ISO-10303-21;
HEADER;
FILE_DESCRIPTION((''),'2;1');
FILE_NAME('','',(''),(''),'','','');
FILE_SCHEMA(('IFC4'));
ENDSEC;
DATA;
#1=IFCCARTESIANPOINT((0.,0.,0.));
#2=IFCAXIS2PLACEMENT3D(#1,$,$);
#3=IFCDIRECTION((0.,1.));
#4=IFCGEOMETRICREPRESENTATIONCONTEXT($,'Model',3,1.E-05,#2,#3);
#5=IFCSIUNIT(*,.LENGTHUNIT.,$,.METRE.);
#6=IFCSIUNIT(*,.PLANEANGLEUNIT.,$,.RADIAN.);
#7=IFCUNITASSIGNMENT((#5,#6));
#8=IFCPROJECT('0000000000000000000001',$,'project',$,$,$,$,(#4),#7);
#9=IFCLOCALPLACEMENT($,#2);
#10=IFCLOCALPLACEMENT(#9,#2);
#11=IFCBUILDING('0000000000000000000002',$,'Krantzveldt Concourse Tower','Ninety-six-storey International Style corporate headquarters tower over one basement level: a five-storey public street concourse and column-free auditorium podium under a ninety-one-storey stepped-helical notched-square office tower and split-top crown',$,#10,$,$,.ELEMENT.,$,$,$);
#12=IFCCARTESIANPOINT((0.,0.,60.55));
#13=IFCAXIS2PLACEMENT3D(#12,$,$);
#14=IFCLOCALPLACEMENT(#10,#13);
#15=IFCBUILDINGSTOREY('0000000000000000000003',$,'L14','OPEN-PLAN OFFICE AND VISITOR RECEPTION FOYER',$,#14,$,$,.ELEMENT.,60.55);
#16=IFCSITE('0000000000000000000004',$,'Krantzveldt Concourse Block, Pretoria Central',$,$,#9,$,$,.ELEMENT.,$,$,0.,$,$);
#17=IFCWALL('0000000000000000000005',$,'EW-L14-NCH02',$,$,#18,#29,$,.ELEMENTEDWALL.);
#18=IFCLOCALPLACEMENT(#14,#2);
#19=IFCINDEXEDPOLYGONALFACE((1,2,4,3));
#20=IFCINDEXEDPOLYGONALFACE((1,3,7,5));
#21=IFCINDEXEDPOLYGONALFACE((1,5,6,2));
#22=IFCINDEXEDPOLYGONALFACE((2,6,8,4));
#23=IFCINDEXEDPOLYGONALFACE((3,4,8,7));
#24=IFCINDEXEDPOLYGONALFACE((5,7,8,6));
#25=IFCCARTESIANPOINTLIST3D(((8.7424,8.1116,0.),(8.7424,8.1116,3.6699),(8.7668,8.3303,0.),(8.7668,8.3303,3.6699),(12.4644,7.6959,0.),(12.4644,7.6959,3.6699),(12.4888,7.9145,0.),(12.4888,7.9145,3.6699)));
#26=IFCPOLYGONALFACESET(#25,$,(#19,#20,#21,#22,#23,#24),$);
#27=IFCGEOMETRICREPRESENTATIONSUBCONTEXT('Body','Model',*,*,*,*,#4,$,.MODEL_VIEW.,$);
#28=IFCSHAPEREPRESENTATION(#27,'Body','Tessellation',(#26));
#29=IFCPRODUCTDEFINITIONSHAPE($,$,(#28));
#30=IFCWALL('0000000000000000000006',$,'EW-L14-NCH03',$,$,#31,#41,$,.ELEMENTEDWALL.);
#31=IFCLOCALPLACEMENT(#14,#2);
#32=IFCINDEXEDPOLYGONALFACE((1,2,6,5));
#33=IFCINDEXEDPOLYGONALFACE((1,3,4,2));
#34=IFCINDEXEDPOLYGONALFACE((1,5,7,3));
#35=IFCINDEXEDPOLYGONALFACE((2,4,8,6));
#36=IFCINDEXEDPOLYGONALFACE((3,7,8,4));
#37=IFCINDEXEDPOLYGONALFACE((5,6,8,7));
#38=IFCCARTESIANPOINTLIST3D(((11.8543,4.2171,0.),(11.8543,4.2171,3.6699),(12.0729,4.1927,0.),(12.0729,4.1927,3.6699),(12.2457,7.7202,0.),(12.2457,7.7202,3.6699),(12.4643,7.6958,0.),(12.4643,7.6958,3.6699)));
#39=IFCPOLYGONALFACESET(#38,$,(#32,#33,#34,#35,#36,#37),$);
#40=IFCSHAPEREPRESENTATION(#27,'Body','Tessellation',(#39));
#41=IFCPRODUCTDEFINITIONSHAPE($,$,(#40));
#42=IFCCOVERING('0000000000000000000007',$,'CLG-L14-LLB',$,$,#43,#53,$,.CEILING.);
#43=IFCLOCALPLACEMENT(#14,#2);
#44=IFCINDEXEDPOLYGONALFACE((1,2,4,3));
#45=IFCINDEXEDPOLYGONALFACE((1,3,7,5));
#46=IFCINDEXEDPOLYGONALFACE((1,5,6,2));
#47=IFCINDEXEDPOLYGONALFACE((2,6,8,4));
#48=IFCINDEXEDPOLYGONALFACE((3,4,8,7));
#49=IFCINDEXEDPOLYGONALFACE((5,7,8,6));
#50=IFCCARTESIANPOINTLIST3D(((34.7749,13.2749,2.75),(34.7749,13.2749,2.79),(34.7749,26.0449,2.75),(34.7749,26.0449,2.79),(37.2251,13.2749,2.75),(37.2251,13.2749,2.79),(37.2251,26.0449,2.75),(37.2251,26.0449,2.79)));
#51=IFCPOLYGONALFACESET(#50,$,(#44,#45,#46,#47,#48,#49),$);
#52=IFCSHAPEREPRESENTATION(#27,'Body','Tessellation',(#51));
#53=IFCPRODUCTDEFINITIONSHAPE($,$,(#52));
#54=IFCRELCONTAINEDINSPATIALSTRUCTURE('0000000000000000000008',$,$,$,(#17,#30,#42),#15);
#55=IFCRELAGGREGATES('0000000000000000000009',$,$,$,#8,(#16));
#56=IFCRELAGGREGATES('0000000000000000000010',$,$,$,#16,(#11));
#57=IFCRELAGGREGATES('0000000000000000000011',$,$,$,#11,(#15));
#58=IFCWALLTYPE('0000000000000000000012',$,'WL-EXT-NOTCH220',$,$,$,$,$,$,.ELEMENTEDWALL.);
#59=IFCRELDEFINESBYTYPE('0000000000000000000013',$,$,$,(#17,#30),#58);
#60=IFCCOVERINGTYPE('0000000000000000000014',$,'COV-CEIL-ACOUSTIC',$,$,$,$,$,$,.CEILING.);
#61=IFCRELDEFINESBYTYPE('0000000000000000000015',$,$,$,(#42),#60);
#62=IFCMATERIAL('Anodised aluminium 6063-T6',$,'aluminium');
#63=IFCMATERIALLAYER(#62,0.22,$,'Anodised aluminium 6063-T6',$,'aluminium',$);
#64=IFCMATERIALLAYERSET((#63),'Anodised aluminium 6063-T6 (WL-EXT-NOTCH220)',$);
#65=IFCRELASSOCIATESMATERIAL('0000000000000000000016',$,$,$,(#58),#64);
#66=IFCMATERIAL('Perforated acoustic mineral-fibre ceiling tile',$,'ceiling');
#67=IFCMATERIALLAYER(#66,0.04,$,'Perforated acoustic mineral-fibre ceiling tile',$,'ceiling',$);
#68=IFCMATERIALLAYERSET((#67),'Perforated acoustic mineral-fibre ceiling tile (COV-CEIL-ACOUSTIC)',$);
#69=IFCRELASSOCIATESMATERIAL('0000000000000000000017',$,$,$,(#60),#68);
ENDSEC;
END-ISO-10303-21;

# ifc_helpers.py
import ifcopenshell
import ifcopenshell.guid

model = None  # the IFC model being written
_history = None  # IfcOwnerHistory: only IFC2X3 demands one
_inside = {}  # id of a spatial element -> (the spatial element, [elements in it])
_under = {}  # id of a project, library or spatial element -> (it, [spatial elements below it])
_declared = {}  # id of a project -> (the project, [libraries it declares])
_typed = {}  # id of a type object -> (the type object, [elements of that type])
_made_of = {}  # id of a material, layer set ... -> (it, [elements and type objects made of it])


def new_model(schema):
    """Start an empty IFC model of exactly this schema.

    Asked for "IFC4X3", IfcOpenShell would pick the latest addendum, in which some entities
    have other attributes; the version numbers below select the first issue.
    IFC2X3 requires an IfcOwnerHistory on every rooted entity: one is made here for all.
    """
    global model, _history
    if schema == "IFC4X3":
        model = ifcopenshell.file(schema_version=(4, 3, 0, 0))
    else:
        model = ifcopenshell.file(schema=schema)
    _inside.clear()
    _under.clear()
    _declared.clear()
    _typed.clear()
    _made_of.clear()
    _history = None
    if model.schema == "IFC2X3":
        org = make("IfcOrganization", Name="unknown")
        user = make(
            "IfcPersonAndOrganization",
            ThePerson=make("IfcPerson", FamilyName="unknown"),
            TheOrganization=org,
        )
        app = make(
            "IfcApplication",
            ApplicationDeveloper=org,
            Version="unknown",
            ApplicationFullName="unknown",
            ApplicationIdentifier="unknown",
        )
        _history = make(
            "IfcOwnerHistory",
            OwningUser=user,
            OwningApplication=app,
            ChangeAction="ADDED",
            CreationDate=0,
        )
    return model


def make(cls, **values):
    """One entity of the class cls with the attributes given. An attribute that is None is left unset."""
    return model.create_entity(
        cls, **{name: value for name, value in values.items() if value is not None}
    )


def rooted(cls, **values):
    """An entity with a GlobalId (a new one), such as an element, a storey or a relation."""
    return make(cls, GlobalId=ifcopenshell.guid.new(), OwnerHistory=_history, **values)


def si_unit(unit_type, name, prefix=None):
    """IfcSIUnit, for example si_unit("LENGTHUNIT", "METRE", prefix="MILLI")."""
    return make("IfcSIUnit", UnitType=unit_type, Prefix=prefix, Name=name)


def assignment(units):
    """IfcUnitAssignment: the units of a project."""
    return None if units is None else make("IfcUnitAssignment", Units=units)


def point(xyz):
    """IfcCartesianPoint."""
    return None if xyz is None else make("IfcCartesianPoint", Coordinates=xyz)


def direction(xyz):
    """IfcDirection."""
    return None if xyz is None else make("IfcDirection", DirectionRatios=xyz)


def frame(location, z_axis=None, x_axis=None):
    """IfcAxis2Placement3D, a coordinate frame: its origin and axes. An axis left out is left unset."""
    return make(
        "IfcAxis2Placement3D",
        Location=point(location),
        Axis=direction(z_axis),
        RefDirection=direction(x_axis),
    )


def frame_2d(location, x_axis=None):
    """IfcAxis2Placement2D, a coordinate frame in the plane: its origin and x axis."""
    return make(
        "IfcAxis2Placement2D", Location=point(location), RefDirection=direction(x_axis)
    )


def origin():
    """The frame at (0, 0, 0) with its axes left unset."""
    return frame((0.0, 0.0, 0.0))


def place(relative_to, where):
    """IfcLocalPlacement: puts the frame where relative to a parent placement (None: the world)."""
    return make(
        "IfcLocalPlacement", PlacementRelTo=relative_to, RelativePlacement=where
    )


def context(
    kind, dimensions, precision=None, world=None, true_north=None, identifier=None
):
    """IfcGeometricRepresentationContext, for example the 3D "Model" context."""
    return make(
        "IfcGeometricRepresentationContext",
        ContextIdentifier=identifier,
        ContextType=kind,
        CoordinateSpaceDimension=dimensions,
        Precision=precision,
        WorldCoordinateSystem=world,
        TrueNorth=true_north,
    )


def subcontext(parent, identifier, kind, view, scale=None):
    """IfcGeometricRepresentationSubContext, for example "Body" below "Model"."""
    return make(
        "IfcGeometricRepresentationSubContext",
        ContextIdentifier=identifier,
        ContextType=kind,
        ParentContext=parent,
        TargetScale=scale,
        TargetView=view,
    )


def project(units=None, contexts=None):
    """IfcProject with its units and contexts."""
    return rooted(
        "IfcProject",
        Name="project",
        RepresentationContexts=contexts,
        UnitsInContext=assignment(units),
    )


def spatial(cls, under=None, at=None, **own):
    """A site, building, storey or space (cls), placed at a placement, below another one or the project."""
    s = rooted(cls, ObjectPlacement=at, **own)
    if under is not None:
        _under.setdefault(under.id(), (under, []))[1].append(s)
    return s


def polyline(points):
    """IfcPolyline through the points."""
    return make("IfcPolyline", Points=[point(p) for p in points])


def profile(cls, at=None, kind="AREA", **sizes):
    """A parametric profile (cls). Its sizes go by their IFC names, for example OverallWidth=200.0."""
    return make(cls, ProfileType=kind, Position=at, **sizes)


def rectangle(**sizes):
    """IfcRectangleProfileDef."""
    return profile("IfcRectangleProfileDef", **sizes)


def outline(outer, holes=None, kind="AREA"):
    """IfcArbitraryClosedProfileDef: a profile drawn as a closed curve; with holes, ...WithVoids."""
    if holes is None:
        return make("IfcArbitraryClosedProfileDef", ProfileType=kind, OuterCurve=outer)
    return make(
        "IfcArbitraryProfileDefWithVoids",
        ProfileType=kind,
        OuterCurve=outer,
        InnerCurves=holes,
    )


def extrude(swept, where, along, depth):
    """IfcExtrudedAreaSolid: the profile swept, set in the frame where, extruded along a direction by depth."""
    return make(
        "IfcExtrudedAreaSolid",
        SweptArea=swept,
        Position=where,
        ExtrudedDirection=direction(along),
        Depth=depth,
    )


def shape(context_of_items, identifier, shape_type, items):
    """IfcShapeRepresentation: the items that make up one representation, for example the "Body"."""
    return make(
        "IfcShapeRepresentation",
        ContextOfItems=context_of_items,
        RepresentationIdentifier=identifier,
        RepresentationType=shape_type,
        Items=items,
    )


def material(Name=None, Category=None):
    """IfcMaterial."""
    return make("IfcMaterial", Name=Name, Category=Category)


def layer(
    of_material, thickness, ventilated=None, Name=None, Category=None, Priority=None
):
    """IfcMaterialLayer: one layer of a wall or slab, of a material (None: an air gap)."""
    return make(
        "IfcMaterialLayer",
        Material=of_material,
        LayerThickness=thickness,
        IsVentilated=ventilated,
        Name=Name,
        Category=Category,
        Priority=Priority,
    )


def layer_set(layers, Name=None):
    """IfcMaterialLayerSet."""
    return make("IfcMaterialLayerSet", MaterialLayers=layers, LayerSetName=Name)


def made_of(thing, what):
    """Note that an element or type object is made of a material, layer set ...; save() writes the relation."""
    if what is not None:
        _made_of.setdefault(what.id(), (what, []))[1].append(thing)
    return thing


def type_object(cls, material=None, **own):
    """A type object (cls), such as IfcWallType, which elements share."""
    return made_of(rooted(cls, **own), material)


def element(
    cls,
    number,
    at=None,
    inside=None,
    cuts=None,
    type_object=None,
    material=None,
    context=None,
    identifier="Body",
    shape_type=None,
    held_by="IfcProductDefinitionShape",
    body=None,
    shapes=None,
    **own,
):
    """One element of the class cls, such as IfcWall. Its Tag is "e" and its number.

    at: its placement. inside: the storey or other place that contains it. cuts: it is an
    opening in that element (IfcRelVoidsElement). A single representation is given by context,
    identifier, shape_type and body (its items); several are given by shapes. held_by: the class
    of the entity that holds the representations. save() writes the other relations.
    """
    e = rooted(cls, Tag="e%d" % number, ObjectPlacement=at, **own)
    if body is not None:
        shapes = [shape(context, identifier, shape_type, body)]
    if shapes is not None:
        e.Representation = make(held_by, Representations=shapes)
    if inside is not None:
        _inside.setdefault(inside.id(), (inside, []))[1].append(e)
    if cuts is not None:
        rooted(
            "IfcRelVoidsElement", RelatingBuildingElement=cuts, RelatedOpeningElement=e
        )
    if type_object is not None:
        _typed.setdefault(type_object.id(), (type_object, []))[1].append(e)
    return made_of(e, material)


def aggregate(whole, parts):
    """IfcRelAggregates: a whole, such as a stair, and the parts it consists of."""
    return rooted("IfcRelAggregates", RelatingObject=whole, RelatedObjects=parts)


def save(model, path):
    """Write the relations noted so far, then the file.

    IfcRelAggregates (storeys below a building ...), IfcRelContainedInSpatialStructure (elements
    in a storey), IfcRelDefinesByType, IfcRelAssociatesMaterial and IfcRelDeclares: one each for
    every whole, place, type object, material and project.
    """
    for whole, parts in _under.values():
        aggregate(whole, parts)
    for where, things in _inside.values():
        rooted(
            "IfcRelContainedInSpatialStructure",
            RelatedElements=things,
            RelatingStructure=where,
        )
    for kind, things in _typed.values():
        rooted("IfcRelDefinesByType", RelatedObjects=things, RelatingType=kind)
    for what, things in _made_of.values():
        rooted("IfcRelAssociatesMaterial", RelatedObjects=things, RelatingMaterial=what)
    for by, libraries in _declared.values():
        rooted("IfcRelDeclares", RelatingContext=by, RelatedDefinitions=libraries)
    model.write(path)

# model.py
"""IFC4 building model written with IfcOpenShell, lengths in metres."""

from ifc_helpers import new_model, si_unit, direction, frame, frame_2d, origin, place, context, subcontext, project, spatial, polyline, rectangle, outline, extrude, material, layer, layer_set, type_object, element, save


model = new_model("IFC4")

# Units and contexts
model_context = context("Model", 3, precision=1e-05, world=origin(), true_north=direction((0.0, 1.0)))
body_context = subcontext(model_context, "Body", "Model", "MODEL_VIEW")
ifc_project = project(units=[si_unit("LENGTHUNIT", "METRE"), si_unit("PLANEANGLEUNIT", "RADIAN")], contexts=[model_context])

# Site, building, storey
site_placement = place(None, origin())
site = spatial("IfcSite", under=ifc_project, at=site_placement, Name="Krantzveldt Concourse Block, Pretoria Central", CompositionType="ELEMENT", RefElevation=0.0)
building_placement = place(site_placement, origin())
building = spatial("IfcBuilding", under=site, at=building_placement, Name="Krantzveldt Concourse Tower", Description="Ninety-six-storey International Style corporate headquarters tower over one basement level: a five-storey public street concourse and column-free auditorium podium under a ninety-one-storey stepped-helical notched-square office tower and split-top crown", CompositionType="ELEMENT")
storey_placement = place(building_placement, frame((0.0, 0.0, 60.55)))
storey = spatial("IfcBuildingStorey", under=building, at=storey_placement, Name="L14", Description="OPEN-PLAN OFFICE AND VISITOR RECEPTION FOYER", CompositionType="ELEMENT", Elevation=60.55)

# Shared definitions
ifc_material_1 = material(Name="Anodised aluminium 6063-T6", Category="aluminium")

# Walls
ifc_layer_1 = layer(ifc_material_1, 0.22, Name="Anodised aluminium 6063-T6", Category="aluminium")
ifc_layer_set_1 = layer_set([ifc_layer_1], Name="Anodised aluminium 6063-T6 (WL-EXT-NOTCH220)")
wall_type = type_object("IfcWallType", Name="WL-EXT-NOTCH220", PredefinedType="ELEMENTEDWALL", material=ifc_layer_set_1)
wall_1_placement = place(storey_placement, frame((8.7546, 8.2209, 0.0), z_axis=(0.0, 0.0, 1.0), x_axis=(0.993818, -0.111018, 0.0)))
element("IfcWall", 1, at=wall_1_placement, inside=storey, type_object=wall_type, Name="EW-L14-NCH02", PredefinedType="ELEMENTEDWALL", context=body_context, shape_type="SweptSolid", body=[
    extrude(rectangle(XDim=3.7451, YDim=0.22, at=frame_2d((1.8726, 0.0))), origin(), (0.0, 0.0, 1.0), 3.6699),
])
wall_2_placement = place(storey_placement, frame((12.355, 7.708, 0.0), z_axis=(0.0, 0.0, 1.0), x_axis=(-0.111024, -0.993818, 0.0)))
element("IfcWall", 2, at=wall_2_placement, inside=storey, type_object=wall_type, Name="EW-L14-NCH03", PredefinedType="ELEMENTEDWALL", context=body_context, shape_type="SweptSolid", body=[
    extrude(rectangle(XDim=3.5249, YDim=0.22, at=frame_2d((1.7625, 0.0))), origin(), (0.0, 0.0, 1.0), 3.6699),
])

# Covering
ifc_material_2 = material(Name="Perforated acoustic mineral-fibre ceiling tile", Category="ceiling")
ifc_layer_2 = layer(ifc_material_2, 0.04, Name="Perforated acoustic mineral-fibre ceiling tile", Category="ceiling")
ifc_layer_set_2 = layer_set([ifc_layer_2], Name="Perforated acoustic mineral-fibre ceiling tile (COV-CEIL-ACOUSTIC)")
covering_type = type_object("IfcCoveringType", Name="COV-CEIL-ACOUSTIC", PredefinedType="CEILING", material=ifc_layer_set_2)
covering_placement = place(storey_placement, frame((0.0, 0.0, 2.75)))
element("IfcCovering", 3, at=covering_placement, inside=storey, type_object=covering_type, Name="CLG-L14-LLB", PredefinedType="CEILING", context=body_context, shape_type="SweptSolid", body=[
    extrude(outline(polyline([(37.2251, 13.2749), (34.7749, 13.2749), (34.7749, 26.0449), (37.2251, 26.0449), (37.2251, 13.2749)])), origin(), (0.0, 0.0, 1.0), 0.04),
])

save(model, "model.ifc")
